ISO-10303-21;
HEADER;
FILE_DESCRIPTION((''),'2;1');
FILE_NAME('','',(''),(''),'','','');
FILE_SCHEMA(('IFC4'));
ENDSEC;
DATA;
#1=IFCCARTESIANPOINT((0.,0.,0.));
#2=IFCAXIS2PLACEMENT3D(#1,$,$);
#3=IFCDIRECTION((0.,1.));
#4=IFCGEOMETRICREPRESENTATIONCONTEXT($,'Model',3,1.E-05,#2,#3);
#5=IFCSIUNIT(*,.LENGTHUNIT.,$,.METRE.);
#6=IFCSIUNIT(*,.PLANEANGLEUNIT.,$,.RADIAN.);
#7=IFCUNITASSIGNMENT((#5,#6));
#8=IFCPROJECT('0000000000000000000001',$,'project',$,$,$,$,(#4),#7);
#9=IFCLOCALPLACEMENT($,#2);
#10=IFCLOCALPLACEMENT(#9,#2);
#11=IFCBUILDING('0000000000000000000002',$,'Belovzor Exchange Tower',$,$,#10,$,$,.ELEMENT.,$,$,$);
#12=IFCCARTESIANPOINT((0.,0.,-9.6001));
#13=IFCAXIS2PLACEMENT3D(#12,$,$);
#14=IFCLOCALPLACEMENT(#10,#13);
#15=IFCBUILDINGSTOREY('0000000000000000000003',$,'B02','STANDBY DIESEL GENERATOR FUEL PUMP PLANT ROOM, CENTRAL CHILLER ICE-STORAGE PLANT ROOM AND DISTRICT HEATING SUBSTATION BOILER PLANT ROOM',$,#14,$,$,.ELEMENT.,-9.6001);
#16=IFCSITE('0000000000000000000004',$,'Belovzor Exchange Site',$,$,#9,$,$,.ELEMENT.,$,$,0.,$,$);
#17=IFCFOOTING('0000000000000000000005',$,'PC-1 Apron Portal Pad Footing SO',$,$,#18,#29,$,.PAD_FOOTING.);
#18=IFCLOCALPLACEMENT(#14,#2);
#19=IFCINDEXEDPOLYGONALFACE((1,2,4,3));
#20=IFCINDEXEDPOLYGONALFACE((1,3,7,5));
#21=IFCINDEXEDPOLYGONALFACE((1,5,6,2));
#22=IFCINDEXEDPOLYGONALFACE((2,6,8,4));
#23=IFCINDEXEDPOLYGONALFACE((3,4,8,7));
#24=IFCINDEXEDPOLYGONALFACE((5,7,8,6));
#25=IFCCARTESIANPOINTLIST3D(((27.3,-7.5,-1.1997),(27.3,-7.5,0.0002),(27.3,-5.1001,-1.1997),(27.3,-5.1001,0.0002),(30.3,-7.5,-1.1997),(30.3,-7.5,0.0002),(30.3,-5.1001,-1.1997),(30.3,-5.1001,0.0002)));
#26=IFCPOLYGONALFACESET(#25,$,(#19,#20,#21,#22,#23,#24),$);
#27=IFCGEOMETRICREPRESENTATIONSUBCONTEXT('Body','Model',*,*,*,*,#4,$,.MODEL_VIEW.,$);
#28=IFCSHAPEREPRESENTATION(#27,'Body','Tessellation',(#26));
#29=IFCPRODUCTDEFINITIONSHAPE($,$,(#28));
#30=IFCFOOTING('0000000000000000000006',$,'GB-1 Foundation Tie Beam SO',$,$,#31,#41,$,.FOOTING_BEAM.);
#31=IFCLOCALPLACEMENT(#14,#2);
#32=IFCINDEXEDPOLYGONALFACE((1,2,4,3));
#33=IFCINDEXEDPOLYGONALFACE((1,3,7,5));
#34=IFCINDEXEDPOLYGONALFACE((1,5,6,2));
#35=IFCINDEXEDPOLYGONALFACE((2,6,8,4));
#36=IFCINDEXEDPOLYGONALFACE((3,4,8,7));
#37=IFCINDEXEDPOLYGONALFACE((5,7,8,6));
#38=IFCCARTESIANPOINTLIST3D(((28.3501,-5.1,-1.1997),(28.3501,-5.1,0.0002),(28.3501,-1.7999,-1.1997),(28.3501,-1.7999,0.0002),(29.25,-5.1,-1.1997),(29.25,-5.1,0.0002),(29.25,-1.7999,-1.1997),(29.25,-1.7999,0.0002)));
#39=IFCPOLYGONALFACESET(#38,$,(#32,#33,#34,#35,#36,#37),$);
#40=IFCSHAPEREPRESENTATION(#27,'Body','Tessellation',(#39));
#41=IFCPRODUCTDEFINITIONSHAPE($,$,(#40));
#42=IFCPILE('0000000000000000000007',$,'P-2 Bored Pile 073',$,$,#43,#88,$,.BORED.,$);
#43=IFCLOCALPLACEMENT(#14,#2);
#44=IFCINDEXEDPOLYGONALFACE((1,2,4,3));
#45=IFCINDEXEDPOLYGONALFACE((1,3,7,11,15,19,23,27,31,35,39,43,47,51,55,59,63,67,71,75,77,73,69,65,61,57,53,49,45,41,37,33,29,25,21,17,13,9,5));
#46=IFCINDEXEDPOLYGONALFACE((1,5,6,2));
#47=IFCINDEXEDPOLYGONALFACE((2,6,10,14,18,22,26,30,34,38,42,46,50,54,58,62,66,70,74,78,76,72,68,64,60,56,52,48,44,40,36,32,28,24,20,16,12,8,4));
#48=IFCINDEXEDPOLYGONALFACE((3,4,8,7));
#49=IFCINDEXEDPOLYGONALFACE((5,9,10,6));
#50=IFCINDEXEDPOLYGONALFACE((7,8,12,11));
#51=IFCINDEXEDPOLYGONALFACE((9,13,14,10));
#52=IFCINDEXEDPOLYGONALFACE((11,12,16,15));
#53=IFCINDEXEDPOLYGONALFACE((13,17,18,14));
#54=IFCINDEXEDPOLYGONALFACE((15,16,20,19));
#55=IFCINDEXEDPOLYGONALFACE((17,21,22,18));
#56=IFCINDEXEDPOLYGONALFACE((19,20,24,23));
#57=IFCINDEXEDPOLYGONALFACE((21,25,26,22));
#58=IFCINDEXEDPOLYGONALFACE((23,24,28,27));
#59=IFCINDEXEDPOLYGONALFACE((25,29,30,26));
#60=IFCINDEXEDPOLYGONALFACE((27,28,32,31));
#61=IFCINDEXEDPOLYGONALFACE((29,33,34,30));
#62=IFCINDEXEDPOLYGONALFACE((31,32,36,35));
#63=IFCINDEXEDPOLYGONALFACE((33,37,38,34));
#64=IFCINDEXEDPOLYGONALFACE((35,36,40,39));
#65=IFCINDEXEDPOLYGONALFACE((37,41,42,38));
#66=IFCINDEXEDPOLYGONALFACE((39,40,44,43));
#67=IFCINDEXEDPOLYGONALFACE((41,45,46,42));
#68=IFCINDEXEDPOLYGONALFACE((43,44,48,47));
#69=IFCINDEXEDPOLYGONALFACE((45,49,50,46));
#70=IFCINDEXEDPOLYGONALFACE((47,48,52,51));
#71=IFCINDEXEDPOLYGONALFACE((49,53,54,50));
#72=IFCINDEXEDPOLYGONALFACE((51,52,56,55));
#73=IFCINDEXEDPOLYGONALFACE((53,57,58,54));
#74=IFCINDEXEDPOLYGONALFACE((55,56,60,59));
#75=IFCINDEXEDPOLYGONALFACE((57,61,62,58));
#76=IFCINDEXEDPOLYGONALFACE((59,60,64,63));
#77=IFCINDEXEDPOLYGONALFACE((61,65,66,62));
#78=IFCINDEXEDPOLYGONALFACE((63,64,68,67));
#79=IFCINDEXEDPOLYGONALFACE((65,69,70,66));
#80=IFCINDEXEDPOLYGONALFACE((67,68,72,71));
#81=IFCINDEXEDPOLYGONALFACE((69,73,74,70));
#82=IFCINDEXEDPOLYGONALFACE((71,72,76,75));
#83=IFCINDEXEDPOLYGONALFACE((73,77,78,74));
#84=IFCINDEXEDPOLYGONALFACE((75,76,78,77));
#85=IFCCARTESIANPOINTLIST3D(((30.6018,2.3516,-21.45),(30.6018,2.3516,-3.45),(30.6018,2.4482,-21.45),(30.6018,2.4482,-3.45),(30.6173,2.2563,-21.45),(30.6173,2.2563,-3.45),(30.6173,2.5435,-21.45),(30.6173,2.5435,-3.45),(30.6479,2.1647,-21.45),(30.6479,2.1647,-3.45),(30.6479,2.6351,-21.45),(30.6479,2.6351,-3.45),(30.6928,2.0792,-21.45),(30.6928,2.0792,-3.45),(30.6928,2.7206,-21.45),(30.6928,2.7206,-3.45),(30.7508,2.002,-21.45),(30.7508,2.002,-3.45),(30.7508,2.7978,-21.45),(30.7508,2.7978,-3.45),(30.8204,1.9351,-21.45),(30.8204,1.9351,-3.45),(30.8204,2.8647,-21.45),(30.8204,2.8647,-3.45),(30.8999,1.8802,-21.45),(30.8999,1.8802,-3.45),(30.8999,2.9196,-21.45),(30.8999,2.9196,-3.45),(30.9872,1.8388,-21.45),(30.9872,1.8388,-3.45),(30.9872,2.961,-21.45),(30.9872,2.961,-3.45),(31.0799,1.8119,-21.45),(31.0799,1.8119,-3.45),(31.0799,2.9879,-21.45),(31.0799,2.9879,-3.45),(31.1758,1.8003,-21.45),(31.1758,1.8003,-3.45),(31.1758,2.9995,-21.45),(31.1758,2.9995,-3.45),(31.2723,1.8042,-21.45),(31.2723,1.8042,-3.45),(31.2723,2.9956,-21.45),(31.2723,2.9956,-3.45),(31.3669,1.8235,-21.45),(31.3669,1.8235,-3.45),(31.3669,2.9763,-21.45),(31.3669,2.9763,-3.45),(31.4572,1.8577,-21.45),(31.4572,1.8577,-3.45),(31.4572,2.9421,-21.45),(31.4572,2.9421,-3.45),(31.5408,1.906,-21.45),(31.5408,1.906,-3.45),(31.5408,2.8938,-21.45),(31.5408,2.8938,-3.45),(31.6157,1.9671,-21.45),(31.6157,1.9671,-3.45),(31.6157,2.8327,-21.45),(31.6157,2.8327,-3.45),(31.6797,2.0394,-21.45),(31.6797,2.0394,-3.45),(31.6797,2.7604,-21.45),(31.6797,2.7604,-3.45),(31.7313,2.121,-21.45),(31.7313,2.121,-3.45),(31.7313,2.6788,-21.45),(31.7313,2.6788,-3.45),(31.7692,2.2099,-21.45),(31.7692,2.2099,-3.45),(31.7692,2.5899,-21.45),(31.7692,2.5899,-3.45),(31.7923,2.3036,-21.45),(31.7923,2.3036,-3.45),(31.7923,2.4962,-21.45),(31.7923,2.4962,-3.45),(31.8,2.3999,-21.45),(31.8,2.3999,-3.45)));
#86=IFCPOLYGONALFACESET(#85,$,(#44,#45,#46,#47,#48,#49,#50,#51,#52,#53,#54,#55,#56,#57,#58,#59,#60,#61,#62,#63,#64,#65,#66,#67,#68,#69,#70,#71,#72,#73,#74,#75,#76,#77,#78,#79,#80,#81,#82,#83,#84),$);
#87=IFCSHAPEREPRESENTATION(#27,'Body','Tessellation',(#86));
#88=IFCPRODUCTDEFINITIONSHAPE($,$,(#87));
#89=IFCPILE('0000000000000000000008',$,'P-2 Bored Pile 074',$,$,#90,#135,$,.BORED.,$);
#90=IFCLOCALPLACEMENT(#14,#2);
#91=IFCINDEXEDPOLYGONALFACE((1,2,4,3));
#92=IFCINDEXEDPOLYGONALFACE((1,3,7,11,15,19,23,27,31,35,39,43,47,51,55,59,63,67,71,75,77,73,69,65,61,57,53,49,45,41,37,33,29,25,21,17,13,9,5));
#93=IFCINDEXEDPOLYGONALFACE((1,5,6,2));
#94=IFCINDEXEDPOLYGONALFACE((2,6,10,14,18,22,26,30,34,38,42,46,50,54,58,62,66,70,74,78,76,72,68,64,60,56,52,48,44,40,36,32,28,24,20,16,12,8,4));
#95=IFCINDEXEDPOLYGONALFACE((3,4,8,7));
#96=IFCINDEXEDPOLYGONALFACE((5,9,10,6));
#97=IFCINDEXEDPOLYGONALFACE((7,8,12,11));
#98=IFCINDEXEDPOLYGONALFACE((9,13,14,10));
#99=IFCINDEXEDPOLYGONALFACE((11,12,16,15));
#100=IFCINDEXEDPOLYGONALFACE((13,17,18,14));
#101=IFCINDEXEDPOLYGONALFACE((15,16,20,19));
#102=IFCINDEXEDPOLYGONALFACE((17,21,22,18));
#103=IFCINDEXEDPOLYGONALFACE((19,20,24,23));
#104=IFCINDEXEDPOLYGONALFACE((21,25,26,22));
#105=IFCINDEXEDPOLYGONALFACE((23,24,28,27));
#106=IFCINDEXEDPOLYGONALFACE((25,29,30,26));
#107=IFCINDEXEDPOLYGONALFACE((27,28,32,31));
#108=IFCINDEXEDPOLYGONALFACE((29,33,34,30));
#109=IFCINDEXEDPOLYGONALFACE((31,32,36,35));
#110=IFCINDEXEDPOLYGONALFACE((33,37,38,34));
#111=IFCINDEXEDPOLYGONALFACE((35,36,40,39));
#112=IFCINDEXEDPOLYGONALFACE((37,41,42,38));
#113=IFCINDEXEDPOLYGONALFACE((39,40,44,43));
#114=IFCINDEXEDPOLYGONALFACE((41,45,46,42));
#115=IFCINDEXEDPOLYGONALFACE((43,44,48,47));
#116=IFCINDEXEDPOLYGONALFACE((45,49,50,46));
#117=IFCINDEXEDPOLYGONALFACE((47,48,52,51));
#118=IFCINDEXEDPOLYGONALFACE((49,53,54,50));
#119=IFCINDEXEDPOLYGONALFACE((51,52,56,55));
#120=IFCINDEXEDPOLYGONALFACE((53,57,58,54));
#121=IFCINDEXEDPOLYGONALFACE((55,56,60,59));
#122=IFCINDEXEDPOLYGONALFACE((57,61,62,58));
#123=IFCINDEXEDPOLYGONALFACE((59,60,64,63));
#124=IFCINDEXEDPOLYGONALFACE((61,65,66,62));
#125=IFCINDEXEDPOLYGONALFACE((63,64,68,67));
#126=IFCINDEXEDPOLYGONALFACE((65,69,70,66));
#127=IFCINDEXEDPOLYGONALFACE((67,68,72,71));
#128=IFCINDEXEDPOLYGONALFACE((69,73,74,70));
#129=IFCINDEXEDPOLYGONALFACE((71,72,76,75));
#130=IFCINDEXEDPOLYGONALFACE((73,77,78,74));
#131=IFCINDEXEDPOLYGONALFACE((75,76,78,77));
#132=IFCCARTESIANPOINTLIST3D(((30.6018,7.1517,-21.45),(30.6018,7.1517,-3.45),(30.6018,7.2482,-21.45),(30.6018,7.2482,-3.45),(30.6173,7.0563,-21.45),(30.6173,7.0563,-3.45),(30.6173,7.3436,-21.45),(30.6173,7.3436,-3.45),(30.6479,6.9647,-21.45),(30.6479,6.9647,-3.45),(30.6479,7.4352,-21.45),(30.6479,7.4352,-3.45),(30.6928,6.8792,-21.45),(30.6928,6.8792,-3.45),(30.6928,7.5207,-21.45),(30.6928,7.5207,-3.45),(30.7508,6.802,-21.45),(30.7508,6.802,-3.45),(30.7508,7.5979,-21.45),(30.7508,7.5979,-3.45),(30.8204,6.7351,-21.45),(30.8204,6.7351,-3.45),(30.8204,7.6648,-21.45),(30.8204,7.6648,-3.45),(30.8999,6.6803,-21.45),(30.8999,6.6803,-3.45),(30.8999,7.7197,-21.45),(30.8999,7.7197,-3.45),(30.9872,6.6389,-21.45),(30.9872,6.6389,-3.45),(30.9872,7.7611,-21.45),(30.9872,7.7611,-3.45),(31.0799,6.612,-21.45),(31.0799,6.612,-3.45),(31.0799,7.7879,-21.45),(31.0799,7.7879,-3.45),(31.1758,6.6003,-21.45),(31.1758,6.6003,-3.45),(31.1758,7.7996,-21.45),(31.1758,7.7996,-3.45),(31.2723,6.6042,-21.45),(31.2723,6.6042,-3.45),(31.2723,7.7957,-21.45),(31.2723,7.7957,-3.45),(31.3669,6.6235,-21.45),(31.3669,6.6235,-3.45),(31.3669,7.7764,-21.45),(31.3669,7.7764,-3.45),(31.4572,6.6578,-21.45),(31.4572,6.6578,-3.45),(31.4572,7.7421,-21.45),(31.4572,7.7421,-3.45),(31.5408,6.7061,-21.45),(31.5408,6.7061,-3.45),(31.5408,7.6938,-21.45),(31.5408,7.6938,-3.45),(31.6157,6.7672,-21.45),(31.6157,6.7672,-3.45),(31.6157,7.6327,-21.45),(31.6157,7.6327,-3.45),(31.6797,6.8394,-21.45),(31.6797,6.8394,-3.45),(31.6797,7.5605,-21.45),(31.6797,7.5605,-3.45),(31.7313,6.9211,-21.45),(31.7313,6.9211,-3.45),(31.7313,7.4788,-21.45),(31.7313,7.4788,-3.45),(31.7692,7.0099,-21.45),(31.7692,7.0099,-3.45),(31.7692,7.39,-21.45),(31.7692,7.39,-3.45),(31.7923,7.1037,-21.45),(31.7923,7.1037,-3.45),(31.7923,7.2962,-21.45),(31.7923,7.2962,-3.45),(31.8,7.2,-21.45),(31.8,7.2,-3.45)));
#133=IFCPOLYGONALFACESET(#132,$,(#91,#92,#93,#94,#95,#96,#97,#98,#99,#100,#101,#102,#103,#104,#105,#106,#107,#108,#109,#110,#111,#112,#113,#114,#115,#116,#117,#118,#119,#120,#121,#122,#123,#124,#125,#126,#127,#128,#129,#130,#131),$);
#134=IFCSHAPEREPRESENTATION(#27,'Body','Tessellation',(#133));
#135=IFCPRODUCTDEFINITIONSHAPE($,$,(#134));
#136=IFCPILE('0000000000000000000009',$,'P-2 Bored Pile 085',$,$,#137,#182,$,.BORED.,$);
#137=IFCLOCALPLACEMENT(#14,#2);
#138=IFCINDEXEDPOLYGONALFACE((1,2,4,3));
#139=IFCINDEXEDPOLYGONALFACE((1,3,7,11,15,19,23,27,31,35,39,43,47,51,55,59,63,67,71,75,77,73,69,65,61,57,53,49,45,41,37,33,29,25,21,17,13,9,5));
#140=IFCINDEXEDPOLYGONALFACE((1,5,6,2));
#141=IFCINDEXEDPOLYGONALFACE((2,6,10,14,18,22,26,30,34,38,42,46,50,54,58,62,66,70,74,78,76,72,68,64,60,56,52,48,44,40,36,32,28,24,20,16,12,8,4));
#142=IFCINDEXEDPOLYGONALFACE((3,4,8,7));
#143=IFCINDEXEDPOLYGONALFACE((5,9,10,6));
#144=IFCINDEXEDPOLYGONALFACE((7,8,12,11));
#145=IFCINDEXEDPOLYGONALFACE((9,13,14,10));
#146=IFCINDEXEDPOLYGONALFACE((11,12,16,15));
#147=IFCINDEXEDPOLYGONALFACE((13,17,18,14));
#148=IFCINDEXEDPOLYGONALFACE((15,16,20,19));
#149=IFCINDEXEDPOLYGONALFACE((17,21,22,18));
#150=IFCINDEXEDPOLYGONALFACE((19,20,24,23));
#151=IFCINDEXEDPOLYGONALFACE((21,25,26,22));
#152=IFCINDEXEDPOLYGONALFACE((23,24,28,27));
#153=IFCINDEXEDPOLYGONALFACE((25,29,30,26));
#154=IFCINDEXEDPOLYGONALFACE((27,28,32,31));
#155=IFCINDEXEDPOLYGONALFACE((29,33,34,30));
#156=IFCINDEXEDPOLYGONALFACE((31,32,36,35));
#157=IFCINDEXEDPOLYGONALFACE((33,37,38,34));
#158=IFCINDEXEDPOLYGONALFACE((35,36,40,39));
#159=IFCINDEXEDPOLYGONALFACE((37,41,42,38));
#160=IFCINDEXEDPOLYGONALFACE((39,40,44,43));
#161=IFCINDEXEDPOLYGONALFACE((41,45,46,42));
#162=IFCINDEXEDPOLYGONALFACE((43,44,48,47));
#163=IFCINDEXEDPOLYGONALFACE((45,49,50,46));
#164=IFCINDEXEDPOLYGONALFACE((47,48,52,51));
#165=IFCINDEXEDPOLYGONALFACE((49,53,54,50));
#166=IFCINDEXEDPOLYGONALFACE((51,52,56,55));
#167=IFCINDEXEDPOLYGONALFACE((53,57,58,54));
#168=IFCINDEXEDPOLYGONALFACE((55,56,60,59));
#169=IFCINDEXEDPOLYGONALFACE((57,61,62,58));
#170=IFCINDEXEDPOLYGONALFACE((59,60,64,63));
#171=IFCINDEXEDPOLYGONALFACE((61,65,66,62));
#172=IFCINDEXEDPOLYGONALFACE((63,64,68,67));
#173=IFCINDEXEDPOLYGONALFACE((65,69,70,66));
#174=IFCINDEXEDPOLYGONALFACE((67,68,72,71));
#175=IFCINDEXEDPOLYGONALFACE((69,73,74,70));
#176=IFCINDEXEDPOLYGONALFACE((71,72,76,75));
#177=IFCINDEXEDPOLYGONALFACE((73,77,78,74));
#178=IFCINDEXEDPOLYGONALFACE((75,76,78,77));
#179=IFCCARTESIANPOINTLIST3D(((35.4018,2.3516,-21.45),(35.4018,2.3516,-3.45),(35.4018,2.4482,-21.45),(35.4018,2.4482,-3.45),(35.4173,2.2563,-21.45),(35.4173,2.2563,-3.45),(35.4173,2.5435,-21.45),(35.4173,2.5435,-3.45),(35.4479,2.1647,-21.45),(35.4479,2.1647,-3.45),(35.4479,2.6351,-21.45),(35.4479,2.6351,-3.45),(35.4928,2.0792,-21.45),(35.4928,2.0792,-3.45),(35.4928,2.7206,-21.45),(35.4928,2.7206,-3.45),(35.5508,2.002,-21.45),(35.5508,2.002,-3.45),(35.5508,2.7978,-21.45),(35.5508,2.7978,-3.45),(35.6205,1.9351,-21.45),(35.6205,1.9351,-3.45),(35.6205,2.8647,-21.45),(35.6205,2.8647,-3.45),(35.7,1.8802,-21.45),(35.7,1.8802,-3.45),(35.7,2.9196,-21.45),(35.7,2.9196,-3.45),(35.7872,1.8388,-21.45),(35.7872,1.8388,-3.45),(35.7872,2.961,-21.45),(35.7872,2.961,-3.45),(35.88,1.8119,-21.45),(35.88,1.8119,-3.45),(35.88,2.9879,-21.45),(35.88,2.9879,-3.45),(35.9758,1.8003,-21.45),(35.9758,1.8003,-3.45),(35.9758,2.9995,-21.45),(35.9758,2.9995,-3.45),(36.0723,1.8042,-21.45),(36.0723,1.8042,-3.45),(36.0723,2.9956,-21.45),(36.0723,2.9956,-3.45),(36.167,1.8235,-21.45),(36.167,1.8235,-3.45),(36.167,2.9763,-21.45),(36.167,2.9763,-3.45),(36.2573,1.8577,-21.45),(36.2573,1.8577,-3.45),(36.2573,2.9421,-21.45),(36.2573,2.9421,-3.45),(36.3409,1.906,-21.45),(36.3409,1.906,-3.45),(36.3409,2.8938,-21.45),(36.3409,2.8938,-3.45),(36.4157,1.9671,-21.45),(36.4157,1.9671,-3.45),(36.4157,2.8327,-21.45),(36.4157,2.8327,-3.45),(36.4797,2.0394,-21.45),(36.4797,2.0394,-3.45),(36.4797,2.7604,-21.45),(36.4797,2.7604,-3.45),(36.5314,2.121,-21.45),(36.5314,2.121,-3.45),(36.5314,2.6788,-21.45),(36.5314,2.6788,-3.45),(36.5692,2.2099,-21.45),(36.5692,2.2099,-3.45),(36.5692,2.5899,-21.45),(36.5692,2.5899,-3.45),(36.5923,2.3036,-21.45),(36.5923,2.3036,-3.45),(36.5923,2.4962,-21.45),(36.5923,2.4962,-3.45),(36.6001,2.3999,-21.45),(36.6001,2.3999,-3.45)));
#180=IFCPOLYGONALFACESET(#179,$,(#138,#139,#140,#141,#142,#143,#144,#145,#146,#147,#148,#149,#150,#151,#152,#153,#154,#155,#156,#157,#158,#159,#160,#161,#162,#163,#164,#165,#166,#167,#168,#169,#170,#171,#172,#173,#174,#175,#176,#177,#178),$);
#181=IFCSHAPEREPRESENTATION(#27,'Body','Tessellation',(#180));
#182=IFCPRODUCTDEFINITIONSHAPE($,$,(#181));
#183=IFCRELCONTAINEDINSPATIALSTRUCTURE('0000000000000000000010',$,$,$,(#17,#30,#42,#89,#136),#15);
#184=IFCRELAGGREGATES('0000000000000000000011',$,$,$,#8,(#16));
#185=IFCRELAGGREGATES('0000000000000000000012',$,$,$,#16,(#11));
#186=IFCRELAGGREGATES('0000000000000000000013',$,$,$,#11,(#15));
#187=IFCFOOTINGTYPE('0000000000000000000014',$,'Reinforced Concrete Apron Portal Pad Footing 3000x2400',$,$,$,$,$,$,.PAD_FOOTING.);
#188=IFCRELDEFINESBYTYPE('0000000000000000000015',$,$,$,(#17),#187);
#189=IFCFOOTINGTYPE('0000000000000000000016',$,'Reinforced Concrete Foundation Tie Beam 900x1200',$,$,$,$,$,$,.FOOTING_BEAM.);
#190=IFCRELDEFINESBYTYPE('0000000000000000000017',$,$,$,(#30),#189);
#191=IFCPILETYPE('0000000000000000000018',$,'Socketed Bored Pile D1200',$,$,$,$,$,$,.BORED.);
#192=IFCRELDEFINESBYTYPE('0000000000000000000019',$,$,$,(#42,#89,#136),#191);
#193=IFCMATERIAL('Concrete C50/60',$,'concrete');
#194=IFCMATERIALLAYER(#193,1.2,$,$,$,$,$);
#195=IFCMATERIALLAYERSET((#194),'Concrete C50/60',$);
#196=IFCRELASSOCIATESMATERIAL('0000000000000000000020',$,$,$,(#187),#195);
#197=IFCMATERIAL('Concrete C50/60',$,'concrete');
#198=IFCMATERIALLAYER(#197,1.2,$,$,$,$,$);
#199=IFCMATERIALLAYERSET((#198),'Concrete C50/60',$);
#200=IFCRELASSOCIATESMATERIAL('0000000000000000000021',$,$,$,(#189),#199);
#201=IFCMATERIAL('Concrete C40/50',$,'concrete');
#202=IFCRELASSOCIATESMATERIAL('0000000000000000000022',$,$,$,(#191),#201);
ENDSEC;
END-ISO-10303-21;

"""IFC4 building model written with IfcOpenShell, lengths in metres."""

from ifc_helpers import new_model, si_unit, direction, frame, origin, origin_2d, place, context, subcontext, project, spatial, rectangle, circle, extrude, material, layer, layer_set, material_profile, profile_set, type_object, element, save


model = new_model("IFC4")

# Units and contexts
model_context = context("Model", 3, precision=1e-05, world=origin(), true_north=direction((0.0, 1.0)))
body_context = subcontext(model_context, "Body", "Model", "MODEL_VIEW")
ifc_project = project(units=[si_unit("LENGTHUNIT", "METRE"), si_unit("PLANEANGLEUNIT", "RADIAN")], contexts=[model_context])

# Site, building, storey
site_placement = place(None, origin())
site = spatial("IfcSite", under=ifc_project, at=site_placement, Name="Belovzor Exchange Site", CompositionType="ELEMENT", RefElevation=0.0)
building_placement = place(site_placement, origin())
building = spatial("IfcBuilding", under=site, at=building_placement, Name="Belovzor Exchange Tower", CompositionType="ELEMENT")
storey_placement = place(building_placement, frame((0.0, 0.0, -9.6001)))
storey = spatial("IfcBuildingStorey", under=building, at=storey_placement, Name="B02", Description="STANDBY DIESEL GENERATOR FUEL PUMP PLANT ROOM, CENTRAL CHILLER ICE-STORAGE PLANT ROOM AND DISTRICT HEATING SUBSTATION BOILER PLANT ROOM", CompositionType="ELEMENT", Elevation=-9.6001)

# Footings
ifc_material_1 = material(Name="Concrete C50/60", Category="concrete")
ifc_layer_1 = layer(ifc_material_1, 1.2)
ifc_layer_set_1 = layer_set([ifc_layer_1], Name="Concrete C50/60")
footing_type_1 = type_object("IfcFootingType", Name="Reinforced Concrete Apron Portal Pad Footing 3000x2400", PredefinedType="PAD_FOOTING", material=ifc_layer_set_1)
footing_1_placement = place(storey_placement, frame((28.8, -6.3, -1.1997), z_axis=(0.0, 0.0, 1.0), x_axis=(1.0, 0.0, 0.0)))
element("IfcFooting", 1, at=footing_1_placement, inside=storey, type_object=footing_type_1, Name="PC-1 Apron Portal Pad Footing SO", PredefinedType="PAD_FOOTING", context=body_context, shape_type="SweptSolid", body=[
    extrude(rectangle(XDim=3.0, YDim=2.3999, at=origin_2d()), origin(), (0.0, 0.0, 1.0), 1.2),
])
ifc_material_2 = material(Name="Concrete C50/60", Category="concrete")
ifc_layer_2 = layer(ifc_material_2, 1.2)
ifc_layer_set_2 = layer_set([ifc_layer_2], Name="Concrete C50/60")
footing_type_2 = type_object("IfcFootingType", Name="Reinforced Concrete Foundation Tie Beam 900x1200", PredefinedType="FOOTING_BEAM", material=ifc_layer_set_2)
footing_2_placement = place(storey_placement, frame((28.8, -3.45, -1.1997), z_axis=(0.0, 0.0, 1.0), x_axis=(0.0, 1.0, 0.0)))
element("IfcFooting", 2, at=footing_2_placement, inside=storey, type_object=footing_type_2, Name="GB-1 Foundation Tie Beam SO", PredefinedType="FOOTING_BEAM", context=body_context, shape_type="SweptSolid", body=[
    extrude(rectangle(XDim=3.3, YDim=0.8999, at=origin_2d()), origin(), (0.0, 0.0, 1.0), 1.2),
])

# Piles
ifc_material_3 = material(Name="Concrete C40/50", Category="concrete")
ifc_material_profile_1 = material_profile(ifc_material_3, circle(Radius=0.6001, at=origin_2d()))
ifc_profile_set_1 = profile_set([ifc_material_profile_1], Name="Concrete C40/50")
pile_type_1 = type_object("IfcPileType", Name="Socketed Bored Pile D1200", PredefinedType="BORED", material=ifc_profile_set_1)
for number, where, z_axis, x_axis, name in (
    (3, (31.2, 2.3999, -3.45), (0.0, 0.0, -1.0), (1.0, 0.0, 0.0), "P-2 Bored Pile 073"),
    (4, (31.2, 7.2, -3.45), (0.0, 0.0, -1.0), (1.0, 0.0, 0.0), "P-2 Bored Pile 074"),
    (5, (36.0, 2.3999, -3.45), (0.0, 0.0, -1.0), (1.0, 0.0, 0.0), "P-2 Bored Pile 085"),
):
    element("IfcPile", number, at=place(storey_placement, frame(where, z_axis=z_axis, x_axis=x_axis)), inside=storey, type_object=pile_type_1, Name=name, PredefinedType="BORED", context=body_context, shape_type="SweptSolid", body=[
        extrude(circle(Radius=0.6001, at=origin_2d()), origin(), (0.0, 0.0, 1.0), 18.0),
    ])

save(model, "model.ifc")
